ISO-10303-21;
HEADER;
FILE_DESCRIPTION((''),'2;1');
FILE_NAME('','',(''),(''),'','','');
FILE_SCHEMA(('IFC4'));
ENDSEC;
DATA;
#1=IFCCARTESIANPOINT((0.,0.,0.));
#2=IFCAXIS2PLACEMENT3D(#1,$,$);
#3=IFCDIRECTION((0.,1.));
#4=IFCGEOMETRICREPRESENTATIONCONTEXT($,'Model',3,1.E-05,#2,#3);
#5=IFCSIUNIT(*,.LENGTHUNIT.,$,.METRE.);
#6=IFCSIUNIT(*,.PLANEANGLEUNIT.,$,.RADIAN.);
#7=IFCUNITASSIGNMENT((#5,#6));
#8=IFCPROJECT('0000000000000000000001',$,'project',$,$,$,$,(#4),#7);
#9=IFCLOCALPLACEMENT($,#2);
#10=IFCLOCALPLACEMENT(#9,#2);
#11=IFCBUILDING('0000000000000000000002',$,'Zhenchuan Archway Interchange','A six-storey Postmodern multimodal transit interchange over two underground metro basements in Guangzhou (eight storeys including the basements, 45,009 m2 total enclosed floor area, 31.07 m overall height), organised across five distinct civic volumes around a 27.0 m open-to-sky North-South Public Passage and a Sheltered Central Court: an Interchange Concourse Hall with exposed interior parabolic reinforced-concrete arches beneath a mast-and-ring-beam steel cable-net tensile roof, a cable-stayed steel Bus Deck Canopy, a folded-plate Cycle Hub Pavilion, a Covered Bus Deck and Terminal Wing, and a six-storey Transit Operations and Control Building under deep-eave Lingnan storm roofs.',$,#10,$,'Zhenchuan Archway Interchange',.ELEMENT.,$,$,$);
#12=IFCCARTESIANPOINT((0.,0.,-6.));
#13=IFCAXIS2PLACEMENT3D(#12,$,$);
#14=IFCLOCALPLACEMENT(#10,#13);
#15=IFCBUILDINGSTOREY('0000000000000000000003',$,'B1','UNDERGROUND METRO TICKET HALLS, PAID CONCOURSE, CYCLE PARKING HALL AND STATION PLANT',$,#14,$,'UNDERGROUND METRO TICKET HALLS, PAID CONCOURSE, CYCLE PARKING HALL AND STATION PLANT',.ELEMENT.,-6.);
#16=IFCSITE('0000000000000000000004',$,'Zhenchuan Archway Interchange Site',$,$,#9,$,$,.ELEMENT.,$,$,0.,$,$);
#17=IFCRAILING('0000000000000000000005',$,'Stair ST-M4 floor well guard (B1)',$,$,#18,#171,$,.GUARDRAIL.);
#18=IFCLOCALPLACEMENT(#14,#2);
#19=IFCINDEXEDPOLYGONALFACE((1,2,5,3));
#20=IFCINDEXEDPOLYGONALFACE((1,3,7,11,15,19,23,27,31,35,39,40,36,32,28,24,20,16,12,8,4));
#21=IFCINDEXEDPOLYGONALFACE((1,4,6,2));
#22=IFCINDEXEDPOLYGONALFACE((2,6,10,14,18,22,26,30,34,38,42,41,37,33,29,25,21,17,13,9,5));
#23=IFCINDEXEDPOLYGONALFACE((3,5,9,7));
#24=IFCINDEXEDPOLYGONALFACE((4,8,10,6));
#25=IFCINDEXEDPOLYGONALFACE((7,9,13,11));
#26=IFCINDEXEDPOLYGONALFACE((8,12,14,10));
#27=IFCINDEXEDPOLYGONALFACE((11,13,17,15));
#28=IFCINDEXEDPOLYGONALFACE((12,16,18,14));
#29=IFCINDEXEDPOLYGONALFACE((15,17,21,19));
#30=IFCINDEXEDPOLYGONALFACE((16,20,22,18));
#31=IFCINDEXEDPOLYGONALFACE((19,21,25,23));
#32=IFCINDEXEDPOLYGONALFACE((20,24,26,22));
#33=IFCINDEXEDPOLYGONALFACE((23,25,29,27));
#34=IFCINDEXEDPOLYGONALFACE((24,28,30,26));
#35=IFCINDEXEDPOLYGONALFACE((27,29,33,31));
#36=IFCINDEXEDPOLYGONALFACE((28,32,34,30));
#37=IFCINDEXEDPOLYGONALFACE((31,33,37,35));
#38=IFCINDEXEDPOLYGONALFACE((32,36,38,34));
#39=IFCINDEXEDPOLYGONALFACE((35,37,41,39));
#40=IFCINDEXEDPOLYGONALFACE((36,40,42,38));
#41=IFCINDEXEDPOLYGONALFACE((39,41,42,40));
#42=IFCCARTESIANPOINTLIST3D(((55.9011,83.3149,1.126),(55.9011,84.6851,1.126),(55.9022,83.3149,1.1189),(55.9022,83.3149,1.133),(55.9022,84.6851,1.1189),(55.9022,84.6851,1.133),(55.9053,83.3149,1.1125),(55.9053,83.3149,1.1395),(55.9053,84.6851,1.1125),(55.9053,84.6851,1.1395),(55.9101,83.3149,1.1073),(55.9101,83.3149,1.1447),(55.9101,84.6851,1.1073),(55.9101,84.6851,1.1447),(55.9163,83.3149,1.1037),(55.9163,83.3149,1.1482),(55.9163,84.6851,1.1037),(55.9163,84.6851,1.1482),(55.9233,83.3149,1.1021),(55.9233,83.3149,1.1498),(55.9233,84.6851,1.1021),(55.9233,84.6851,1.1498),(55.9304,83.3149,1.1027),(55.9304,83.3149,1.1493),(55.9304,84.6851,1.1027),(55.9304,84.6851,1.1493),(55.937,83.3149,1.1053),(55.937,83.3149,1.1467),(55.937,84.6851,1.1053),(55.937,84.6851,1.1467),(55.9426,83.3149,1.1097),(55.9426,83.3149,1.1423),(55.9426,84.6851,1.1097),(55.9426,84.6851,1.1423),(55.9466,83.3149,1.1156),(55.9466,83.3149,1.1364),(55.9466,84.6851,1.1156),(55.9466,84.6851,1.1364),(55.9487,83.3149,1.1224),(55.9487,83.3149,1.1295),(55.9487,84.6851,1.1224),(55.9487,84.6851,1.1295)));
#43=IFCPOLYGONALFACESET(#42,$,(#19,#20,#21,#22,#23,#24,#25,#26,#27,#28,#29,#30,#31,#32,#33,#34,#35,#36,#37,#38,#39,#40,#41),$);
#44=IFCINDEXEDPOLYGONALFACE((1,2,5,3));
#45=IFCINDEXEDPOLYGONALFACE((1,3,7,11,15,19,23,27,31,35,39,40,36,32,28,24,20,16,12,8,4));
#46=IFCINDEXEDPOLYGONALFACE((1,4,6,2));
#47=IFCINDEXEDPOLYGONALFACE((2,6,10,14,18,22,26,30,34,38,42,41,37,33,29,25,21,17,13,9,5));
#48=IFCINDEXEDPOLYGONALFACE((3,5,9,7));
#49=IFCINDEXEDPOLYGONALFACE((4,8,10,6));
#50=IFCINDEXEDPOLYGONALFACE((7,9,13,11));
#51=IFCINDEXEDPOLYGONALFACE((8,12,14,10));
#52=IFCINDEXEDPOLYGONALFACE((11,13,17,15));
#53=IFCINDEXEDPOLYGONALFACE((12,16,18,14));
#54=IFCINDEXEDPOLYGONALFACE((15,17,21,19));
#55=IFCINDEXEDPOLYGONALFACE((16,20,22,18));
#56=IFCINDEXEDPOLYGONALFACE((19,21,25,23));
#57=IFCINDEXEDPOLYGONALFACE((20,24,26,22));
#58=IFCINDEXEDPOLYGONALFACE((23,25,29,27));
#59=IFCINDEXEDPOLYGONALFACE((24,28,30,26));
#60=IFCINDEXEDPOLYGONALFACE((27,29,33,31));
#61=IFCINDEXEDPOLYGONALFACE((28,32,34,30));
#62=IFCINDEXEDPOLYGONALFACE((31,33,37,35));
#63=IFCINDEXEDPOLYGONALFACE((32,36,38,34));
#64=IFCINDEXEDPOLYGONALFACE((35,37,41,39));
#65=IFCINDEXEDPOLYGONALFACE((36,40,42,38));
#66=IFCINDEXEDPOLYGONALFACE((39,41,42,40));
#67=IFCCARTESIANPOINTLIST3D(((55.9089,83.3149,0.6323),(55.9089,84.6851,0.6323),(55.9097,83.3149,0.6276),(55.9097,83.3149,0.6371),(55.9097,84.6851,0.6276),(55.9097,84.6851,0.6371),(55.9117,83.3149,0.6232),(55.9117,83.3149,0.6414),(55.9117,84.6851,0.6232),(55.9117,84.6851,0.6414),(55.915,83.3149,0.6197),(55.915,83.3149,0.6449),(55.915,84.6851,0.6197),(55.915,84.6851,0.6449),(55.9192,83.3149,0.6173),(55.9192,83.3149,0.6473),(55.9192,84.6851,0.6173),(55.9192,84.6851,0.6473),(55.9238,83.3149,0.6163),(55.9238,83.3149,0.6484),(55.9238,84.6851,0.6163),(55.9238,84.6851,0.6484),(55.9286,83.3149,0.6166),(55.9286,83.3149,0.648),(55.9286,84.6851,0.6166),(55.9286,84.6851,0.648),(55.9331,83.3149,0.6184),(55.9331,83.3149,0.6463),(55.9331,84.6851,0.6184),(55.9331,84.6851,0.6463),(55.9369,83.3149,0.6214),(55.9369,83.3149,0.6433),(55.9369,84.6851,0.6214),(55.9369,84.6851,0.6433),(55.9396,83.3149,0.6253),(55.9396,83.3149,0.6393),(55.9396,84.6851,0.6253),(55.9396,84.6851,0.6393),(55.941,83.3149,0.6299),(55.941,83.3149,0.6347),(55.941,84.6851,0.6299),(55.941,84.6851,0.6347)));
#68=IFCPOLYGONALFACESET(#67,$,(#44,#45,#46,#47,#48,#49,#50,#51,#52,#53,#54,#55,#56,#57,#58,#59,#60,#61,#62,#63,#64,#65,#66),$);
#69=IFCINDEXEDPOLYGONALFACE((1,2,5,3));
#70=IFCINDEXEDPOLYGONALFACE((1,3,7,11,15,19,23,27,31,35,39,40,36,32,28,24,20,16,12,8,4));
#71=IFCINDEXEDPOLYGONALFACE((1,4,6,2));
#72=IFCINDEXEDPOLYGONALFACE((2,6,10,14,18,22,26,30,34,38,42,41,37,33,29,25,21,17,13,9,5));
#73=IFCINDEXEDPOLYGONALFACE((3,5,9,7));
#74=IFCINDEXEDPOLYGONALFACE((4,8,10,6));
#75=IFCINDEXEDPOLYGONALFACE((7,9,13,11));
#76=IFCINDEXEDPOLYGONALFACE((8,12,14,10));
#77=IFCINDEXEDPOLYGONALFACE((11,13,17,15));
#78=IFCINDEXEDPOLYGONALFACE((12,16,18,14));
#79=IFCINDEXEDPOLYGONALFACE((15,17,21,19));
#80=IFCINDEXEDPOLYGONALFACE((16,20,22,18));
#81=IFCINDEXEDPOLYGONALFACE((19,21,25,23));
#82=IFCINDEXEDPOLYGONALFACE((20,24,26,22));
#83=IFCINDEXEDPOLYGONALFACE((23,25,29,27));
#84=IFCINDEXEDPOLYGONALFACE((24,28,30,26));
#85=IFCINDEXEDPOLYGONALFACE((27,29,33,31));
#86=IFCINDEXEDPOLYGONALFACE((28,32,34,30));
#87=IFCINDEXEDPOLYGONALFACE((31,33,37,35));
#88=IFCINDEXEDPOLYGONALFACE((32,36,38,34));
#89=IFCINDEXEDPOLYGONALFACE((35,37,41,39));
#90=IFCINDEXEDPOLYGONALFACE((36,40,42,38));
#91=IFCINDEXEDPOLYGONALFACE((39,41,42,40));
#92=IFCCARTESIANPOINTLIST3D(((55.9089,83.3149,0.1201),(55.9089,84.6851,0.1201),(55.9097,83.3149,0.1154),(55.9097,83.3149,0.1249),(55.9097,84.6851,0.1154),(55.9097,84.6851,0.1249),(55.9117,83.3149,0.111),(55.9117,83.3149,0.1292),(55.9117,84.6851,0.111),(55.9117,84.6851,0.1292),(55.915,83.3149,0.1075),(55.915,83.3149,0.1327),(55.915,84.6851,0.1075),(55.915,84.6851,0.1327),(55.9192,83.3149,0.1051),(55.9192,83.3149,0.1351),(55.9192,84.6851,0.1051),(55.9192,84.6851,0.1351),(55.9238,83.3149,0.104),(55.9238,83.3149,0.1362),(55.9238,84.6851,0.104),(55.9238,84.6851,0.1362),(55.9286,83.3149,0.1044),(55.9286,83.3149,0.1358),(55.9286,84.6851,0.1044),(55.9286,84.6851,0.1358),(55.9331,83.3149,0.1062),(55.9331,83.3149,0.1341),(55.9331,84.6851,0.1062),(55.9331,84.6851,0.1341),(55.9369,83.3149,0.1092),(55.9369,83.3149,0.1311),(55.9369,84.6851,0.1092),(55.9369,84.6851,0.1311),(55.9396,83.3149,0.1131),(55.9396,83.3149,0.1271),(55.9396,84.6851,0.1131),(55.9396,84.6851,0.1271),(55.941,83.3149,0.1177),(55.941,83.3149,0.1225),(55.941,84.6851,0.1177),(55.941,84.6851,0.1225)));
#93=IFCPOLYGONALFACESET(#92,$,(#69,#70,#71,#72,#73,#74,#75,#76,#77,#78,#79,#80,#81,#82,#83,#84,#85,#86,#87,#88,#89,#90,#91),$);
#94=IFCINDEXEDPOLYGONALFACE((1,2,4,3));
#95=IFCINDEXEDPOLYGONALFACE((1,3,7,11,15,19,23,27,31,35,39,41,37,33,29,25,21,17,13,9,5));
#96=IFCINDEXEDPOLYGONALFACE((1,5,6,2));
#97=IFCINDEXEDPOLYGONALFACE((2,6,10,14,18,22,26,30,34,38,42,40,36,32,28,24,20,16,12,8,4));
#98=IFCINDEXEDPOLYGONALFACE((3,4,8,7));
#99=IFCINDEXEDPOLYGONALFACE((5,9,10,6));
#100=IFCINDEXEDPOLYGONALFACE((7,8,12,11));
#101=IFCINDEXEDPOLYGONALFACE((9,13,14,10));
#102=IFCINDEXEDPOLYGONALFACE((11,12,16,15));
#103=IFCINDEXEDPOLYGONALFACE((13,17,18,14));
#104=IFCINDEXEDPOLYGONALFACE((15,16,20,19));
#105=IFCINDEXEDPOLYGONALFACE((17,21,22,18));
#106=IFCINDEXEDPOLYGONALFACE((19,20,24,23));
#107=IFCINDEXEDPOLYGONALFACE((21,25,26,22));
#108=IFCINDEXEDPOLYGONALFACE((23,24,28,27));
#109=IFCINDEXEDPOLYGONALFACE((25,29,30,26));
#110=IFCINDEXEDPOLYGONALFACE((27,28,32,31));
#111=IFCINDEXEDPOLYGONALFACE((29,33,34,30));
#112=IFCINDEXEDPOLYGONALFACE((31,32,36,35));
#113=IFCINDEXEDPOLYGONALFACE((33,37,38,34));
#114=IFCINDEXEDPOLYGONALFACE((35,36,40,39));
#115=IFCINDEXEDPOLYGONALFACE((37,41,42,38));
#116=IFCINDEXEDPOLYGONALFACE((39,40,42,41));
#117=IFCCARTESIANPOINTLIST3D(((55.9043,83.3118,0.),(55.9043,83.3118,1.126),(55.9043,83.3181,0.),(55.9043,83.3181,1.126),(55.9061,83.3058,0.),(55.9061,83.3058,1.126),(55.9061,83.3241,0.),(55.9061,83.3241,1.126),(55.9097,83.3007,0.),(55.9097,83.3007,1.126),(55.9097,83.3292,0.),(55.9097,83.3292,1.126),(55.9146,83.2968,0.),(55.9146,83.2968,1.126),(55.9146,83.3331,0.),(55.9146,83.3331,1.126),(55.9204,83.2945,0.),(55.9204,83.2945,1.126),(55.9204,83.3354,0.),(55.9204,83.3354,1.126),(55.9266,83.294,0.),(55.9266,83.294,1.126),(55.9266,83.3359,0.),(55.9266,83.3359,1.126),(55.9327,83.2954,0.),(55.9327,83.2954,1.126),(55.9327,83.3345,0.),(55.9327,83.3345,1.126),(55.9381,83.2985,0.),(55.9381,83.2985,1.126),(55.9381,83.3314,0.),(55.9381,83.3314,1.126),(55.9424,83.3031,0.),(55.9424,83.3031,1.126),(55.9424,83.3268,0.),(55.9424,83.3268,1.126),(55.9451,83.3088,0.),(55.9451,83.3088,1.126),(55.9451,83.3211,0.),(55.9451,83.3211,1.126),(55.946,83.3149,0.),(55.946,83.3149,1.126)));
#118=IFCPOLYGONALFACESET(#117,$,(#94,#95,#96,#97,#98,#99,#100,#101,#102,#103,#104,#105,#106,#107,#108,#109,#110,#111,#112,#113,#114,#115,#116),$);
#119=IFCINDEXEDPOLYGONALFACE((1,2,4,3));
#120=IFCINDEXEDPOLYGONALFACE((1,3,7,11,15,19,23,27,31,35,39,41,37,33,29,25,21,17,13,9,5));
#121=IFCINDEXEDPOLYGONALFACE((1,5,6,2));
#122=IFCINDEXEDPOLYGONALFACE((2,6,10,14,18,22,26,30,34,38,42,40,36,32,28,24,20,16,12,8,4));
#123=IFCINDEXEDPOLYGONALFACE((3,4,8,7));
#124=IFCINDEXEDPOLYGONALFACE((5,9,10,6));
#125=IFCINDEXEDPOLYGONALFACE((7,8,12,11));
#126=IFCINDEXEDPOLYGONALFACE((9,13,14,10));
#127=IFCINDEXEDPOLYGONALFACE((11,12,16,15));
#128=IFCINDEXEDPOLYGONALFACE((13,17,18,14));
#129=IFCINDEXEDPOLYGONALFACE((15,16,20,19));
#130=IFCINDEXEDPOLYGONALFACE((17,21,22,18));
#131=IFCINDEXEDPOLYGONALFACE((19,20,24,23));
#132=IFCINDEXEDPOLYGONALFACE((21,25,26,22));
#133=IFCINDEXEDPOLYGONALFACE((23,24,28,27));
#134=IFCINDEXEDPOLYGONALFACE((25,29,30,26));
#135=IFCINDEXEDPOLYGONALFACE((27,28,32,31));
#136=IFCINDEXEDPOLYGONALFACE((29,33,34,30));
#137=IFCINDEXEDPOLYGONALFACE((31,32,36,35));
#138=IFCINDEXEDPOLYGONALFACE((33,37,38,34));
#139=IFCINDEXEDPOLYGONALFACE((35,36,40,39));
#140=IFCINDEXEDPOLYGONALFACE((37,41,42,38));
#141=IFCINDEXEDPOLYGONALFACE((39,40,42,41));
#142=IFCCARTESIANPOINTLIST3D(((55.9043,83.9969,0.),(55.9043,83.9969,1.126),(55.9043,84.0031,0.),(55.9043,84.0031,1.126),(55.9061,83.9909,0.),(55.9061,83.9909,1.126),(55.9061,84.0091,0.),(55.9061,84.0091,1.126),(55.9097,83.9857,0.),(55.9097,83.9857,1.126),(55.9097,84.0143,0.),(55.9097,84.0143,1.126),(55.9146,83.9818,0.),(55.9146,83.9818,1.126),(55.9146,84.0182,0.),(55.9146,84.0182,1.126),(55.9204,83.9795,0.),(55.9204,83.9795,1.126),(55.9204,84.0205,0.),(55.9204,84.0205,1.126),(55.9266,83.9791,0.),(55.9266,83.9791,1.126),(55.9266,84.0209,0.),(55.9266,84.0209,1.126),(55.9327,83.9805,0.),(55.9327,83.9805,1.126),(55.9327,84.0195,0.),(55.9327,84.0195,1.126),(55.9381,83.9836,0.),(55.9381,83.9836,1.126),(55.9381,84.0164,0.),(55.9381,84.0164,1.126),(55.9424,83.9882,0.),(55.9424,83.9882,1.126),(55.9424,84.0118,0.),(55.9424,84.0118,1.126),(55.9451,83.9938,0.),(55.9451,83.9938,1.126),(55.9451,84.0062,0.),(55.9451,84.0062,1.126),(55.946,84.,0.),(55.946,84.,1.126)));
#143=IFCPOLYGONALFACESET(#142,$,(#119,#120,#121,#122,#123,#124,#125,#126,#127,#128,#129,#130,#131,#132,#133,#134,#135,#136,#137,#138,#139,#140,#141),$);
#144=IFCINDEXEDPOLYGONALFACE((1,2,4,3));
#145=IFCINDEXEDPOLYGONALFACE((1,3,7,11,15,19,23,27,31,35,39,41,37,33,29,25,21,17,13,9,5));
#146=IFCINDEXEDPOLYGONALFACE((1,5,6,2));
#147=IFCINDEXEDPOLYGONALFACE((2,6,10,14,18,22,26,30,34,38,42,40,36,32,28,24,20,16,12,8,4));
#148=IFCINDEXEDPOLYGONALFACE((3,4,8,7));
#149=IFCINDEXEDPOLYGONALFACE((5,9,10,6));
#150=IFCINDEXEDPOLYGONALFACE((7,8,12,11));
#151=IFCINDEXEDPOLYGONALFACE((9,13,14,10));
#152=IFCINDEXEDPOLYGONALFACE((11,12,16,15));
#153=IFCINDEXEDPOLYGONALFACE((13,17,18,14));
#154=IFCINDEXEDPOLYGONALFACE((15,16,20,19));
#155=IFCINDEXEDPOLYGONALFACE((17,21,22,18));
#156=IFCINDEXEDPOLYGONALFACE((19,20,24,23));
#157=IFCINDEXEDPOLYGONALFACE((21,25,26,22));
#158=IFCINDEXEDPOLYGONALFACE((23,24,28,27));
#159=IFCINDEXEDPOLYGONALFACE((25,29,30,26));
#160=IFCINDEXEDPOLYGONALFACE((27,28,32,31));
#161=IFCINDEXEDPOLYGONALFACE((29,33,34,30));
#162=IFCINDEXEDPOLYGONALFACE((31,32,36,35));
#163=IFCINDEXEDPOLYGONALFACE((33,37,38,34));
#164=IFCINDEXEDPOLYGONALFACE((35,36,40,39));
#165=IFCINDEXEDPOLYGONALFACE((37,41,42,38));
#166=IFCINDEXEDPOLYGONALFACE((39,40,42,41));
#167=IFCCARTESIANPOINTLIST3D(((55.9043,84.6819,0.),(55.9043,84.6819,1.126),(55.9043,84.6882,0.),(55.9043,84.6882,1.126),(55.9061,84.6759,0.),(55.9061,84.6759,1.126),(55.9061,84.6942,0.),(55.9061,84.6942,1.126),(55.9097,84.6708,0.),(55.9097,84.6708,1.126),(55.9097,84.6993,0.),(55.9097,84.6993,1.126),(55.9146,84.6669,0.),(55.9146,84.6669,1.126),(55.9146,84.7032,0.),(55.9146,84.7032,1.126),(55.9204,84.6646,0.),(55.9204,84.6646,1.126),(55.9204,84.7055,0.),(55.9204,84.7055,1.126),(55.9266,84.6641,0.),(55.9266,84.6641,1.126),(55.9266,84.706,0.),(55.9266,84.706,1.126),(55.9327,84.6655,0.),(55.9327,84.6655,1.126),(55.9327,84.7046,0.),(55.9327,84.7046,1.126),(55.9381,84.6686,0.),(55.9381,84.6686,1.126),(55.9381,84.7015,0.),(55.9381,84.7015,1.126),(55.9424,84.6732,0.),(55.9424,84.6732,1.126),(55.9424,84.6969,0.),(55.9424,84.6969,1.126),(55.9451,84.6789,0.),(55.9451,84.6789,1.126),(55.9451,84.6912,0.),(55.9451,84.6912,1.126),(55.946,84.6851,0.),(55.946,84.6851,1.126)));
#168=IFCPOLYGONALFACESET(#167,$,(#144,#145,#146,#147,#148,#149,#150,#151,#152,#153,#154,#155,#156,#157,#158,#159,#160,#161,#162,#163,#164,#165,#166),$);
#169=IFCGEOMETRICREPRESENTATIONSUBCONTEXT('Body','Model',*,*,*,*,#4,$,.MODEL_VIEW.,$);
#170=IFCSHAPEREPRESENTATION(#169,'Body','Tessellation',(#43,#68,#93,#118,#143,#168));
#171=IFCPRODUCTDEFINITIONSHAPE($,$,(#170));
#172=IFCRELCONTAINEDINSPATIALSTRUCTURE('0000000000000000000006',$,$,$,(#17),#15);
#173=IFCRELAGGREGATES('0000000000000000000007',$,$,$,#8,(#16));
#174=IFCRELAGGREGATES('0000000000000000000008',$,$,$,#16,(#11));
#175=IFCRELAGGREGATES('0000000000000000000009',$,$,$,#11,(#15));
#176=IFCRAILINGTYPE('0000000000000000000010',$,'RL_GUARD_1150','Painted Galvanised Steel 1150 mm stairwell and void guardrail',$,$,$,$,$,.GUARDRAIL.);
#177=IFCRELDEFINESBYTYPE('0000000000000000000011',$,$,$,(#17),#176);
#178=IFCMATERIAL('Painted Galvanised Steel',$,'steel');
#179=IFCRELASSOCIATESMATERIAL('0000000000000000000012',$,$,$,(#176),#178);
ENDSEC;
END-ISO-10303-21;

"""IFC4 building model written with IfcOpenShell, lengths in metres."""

from ifc_helpers import new_model, si_unit, direction, frame, origin, origin_2d, place, context, subcontext, project, spatial, circle, extrude, material, type_object, element, save


model = new_model("IFC4")

# Units and contexts
model_context = context("Model", 3, precision=1e-05, world=origin(), true_north=direction((0.0, 1.0)))
body_context = subcontext(model_context, "Body", "Model", "MODEL_VIEW")
ifc_project = project(units=[si_unit("LENGTHUNIT", "METRE"), si_unit("PLANEANGLEUNIT", "RADIAN")], contexts=[model_context])

# Site, building, storey
site_placement = place(None, origin())
site = spatial("IfcSite", under=ifc_project, at=site_placement, Name="Zhenchuan Archway Interchange Site", CompositionType="ELEMENT", RefElevation=0.0)
building_placement = place(site_placement, origin())
building = spatial("IfcBuilding", under=site, at=building_placement, Name="Zhenchuan Archway Interchange", Description="A six-storey Postmodern multimodal transit interchange over two underground metro basements in Guangzhou (eight storeys including the basements, 45,009 m2 total enclosed floor area, 31.07 m overall height), organised across five distinct civic volumes around a 27.0 m open-to-sky North-South Public Passage and a Sheltered Central Court: an Interchange Concourse Hall with exposed interior parabolic reinforced-concrete arches beneath a mast-and-ring-beam steel cable-net tensile roof, a cable-stayed steel Bus Deck Canopy, a folded-plate Cycle Hub Pavilion, a Covered Bus Deck and Terminal Wing, and a six-storey Transit Operations and Control Building under deep-eave Lingnan storm roofs.", LongName="Zhenchuan Archway Interchange", CompositionType="ELEMENT")
storey_placement = place(building_placement, frame((0.0, 0.0, -6.0)))
storey = spatial("IfcBuildingStorey", under=building, at=storey_placement, Name="B1", Description="UNDERGROUND METRO TICKET HALLS, PAID CONCOURSE, CYCLE PARKING HALL AND STATION PLANT", LongName="UNDERGROUND METRO TICKET HALLS, PAID CONCOURSE, CYCLE PARKING HALL AND STATION PLANT", CompositionType="ELEMENT", Elevation=-6.0)

# Shared definitions
ifc_material_1 = material(Name="Painted Galvanised Steel", Category="steel")

# Railing
railing_type_1 = type_object("IfcRailingType", Name="RL_GUARD_1150", Description="Painted Galvanised Steel 1150 mm stairwell and void guardrail", PredefinedType="GUARDRAIL", material=ifc_material_1)
for number, where, name in (
    (1, (55.925, 83.3149, 0.0), "Stair ST-M4 floor well guard (B1)"),
):
    element("IfcRailing", number, at=place(storey_placement, frame(where)), inside=storey, type_object=railing_type_1, Name=name, PredefinedType="GUARDRAIL", context=body_context, shape_type="SweptSolid", body=[
        extrude(circle(Radius=0.0239, at=origin_2d()), frame((0.0, 0.0, 1.126), z_axis=(0.0, 1.0, 0.0), x_axis=(-1.0, 0.0, 0.0)), (0.0, 0.0, 1.0), 1.3701),
        extrude(circle(Radius=0.0161, at=origin_2d()), frame((0.0, 0.0, 0.6323), z_axis=(0.0, 1.0, 0.0), x_axis=(-1.0, 0.0, 0.0)), (0.0, 0.0, 1.0), 1.3701),
        extrude(circle(Radius=0.0161, at=origin_2d()), frame((0.0, 0.0, 0.1201), z_axis=(0.0, 1.0, 0.0), x_axis=(-1.0, 0.0, 0.0)), (0.0, 0.0, 1.0), 1.3701),
        extrude(circle(Radius=0.021, at=origin_2d()), origin(), (0.0, 0.0, 1.0), 1.126),
        extrude(circle(Radius=0.021, at=origin_2d()), frame((0.0, 0.6851, 0.0)), (0.0, 0.0, 1.0), 1.126),
        extrude(circle(Radius=0.021, at=origin_2d()), frame((0.0, 1.3701, 0.0)), (0.0, 0.0, 1.0), 1.126),
    ])

save(model, "model.ifc")
